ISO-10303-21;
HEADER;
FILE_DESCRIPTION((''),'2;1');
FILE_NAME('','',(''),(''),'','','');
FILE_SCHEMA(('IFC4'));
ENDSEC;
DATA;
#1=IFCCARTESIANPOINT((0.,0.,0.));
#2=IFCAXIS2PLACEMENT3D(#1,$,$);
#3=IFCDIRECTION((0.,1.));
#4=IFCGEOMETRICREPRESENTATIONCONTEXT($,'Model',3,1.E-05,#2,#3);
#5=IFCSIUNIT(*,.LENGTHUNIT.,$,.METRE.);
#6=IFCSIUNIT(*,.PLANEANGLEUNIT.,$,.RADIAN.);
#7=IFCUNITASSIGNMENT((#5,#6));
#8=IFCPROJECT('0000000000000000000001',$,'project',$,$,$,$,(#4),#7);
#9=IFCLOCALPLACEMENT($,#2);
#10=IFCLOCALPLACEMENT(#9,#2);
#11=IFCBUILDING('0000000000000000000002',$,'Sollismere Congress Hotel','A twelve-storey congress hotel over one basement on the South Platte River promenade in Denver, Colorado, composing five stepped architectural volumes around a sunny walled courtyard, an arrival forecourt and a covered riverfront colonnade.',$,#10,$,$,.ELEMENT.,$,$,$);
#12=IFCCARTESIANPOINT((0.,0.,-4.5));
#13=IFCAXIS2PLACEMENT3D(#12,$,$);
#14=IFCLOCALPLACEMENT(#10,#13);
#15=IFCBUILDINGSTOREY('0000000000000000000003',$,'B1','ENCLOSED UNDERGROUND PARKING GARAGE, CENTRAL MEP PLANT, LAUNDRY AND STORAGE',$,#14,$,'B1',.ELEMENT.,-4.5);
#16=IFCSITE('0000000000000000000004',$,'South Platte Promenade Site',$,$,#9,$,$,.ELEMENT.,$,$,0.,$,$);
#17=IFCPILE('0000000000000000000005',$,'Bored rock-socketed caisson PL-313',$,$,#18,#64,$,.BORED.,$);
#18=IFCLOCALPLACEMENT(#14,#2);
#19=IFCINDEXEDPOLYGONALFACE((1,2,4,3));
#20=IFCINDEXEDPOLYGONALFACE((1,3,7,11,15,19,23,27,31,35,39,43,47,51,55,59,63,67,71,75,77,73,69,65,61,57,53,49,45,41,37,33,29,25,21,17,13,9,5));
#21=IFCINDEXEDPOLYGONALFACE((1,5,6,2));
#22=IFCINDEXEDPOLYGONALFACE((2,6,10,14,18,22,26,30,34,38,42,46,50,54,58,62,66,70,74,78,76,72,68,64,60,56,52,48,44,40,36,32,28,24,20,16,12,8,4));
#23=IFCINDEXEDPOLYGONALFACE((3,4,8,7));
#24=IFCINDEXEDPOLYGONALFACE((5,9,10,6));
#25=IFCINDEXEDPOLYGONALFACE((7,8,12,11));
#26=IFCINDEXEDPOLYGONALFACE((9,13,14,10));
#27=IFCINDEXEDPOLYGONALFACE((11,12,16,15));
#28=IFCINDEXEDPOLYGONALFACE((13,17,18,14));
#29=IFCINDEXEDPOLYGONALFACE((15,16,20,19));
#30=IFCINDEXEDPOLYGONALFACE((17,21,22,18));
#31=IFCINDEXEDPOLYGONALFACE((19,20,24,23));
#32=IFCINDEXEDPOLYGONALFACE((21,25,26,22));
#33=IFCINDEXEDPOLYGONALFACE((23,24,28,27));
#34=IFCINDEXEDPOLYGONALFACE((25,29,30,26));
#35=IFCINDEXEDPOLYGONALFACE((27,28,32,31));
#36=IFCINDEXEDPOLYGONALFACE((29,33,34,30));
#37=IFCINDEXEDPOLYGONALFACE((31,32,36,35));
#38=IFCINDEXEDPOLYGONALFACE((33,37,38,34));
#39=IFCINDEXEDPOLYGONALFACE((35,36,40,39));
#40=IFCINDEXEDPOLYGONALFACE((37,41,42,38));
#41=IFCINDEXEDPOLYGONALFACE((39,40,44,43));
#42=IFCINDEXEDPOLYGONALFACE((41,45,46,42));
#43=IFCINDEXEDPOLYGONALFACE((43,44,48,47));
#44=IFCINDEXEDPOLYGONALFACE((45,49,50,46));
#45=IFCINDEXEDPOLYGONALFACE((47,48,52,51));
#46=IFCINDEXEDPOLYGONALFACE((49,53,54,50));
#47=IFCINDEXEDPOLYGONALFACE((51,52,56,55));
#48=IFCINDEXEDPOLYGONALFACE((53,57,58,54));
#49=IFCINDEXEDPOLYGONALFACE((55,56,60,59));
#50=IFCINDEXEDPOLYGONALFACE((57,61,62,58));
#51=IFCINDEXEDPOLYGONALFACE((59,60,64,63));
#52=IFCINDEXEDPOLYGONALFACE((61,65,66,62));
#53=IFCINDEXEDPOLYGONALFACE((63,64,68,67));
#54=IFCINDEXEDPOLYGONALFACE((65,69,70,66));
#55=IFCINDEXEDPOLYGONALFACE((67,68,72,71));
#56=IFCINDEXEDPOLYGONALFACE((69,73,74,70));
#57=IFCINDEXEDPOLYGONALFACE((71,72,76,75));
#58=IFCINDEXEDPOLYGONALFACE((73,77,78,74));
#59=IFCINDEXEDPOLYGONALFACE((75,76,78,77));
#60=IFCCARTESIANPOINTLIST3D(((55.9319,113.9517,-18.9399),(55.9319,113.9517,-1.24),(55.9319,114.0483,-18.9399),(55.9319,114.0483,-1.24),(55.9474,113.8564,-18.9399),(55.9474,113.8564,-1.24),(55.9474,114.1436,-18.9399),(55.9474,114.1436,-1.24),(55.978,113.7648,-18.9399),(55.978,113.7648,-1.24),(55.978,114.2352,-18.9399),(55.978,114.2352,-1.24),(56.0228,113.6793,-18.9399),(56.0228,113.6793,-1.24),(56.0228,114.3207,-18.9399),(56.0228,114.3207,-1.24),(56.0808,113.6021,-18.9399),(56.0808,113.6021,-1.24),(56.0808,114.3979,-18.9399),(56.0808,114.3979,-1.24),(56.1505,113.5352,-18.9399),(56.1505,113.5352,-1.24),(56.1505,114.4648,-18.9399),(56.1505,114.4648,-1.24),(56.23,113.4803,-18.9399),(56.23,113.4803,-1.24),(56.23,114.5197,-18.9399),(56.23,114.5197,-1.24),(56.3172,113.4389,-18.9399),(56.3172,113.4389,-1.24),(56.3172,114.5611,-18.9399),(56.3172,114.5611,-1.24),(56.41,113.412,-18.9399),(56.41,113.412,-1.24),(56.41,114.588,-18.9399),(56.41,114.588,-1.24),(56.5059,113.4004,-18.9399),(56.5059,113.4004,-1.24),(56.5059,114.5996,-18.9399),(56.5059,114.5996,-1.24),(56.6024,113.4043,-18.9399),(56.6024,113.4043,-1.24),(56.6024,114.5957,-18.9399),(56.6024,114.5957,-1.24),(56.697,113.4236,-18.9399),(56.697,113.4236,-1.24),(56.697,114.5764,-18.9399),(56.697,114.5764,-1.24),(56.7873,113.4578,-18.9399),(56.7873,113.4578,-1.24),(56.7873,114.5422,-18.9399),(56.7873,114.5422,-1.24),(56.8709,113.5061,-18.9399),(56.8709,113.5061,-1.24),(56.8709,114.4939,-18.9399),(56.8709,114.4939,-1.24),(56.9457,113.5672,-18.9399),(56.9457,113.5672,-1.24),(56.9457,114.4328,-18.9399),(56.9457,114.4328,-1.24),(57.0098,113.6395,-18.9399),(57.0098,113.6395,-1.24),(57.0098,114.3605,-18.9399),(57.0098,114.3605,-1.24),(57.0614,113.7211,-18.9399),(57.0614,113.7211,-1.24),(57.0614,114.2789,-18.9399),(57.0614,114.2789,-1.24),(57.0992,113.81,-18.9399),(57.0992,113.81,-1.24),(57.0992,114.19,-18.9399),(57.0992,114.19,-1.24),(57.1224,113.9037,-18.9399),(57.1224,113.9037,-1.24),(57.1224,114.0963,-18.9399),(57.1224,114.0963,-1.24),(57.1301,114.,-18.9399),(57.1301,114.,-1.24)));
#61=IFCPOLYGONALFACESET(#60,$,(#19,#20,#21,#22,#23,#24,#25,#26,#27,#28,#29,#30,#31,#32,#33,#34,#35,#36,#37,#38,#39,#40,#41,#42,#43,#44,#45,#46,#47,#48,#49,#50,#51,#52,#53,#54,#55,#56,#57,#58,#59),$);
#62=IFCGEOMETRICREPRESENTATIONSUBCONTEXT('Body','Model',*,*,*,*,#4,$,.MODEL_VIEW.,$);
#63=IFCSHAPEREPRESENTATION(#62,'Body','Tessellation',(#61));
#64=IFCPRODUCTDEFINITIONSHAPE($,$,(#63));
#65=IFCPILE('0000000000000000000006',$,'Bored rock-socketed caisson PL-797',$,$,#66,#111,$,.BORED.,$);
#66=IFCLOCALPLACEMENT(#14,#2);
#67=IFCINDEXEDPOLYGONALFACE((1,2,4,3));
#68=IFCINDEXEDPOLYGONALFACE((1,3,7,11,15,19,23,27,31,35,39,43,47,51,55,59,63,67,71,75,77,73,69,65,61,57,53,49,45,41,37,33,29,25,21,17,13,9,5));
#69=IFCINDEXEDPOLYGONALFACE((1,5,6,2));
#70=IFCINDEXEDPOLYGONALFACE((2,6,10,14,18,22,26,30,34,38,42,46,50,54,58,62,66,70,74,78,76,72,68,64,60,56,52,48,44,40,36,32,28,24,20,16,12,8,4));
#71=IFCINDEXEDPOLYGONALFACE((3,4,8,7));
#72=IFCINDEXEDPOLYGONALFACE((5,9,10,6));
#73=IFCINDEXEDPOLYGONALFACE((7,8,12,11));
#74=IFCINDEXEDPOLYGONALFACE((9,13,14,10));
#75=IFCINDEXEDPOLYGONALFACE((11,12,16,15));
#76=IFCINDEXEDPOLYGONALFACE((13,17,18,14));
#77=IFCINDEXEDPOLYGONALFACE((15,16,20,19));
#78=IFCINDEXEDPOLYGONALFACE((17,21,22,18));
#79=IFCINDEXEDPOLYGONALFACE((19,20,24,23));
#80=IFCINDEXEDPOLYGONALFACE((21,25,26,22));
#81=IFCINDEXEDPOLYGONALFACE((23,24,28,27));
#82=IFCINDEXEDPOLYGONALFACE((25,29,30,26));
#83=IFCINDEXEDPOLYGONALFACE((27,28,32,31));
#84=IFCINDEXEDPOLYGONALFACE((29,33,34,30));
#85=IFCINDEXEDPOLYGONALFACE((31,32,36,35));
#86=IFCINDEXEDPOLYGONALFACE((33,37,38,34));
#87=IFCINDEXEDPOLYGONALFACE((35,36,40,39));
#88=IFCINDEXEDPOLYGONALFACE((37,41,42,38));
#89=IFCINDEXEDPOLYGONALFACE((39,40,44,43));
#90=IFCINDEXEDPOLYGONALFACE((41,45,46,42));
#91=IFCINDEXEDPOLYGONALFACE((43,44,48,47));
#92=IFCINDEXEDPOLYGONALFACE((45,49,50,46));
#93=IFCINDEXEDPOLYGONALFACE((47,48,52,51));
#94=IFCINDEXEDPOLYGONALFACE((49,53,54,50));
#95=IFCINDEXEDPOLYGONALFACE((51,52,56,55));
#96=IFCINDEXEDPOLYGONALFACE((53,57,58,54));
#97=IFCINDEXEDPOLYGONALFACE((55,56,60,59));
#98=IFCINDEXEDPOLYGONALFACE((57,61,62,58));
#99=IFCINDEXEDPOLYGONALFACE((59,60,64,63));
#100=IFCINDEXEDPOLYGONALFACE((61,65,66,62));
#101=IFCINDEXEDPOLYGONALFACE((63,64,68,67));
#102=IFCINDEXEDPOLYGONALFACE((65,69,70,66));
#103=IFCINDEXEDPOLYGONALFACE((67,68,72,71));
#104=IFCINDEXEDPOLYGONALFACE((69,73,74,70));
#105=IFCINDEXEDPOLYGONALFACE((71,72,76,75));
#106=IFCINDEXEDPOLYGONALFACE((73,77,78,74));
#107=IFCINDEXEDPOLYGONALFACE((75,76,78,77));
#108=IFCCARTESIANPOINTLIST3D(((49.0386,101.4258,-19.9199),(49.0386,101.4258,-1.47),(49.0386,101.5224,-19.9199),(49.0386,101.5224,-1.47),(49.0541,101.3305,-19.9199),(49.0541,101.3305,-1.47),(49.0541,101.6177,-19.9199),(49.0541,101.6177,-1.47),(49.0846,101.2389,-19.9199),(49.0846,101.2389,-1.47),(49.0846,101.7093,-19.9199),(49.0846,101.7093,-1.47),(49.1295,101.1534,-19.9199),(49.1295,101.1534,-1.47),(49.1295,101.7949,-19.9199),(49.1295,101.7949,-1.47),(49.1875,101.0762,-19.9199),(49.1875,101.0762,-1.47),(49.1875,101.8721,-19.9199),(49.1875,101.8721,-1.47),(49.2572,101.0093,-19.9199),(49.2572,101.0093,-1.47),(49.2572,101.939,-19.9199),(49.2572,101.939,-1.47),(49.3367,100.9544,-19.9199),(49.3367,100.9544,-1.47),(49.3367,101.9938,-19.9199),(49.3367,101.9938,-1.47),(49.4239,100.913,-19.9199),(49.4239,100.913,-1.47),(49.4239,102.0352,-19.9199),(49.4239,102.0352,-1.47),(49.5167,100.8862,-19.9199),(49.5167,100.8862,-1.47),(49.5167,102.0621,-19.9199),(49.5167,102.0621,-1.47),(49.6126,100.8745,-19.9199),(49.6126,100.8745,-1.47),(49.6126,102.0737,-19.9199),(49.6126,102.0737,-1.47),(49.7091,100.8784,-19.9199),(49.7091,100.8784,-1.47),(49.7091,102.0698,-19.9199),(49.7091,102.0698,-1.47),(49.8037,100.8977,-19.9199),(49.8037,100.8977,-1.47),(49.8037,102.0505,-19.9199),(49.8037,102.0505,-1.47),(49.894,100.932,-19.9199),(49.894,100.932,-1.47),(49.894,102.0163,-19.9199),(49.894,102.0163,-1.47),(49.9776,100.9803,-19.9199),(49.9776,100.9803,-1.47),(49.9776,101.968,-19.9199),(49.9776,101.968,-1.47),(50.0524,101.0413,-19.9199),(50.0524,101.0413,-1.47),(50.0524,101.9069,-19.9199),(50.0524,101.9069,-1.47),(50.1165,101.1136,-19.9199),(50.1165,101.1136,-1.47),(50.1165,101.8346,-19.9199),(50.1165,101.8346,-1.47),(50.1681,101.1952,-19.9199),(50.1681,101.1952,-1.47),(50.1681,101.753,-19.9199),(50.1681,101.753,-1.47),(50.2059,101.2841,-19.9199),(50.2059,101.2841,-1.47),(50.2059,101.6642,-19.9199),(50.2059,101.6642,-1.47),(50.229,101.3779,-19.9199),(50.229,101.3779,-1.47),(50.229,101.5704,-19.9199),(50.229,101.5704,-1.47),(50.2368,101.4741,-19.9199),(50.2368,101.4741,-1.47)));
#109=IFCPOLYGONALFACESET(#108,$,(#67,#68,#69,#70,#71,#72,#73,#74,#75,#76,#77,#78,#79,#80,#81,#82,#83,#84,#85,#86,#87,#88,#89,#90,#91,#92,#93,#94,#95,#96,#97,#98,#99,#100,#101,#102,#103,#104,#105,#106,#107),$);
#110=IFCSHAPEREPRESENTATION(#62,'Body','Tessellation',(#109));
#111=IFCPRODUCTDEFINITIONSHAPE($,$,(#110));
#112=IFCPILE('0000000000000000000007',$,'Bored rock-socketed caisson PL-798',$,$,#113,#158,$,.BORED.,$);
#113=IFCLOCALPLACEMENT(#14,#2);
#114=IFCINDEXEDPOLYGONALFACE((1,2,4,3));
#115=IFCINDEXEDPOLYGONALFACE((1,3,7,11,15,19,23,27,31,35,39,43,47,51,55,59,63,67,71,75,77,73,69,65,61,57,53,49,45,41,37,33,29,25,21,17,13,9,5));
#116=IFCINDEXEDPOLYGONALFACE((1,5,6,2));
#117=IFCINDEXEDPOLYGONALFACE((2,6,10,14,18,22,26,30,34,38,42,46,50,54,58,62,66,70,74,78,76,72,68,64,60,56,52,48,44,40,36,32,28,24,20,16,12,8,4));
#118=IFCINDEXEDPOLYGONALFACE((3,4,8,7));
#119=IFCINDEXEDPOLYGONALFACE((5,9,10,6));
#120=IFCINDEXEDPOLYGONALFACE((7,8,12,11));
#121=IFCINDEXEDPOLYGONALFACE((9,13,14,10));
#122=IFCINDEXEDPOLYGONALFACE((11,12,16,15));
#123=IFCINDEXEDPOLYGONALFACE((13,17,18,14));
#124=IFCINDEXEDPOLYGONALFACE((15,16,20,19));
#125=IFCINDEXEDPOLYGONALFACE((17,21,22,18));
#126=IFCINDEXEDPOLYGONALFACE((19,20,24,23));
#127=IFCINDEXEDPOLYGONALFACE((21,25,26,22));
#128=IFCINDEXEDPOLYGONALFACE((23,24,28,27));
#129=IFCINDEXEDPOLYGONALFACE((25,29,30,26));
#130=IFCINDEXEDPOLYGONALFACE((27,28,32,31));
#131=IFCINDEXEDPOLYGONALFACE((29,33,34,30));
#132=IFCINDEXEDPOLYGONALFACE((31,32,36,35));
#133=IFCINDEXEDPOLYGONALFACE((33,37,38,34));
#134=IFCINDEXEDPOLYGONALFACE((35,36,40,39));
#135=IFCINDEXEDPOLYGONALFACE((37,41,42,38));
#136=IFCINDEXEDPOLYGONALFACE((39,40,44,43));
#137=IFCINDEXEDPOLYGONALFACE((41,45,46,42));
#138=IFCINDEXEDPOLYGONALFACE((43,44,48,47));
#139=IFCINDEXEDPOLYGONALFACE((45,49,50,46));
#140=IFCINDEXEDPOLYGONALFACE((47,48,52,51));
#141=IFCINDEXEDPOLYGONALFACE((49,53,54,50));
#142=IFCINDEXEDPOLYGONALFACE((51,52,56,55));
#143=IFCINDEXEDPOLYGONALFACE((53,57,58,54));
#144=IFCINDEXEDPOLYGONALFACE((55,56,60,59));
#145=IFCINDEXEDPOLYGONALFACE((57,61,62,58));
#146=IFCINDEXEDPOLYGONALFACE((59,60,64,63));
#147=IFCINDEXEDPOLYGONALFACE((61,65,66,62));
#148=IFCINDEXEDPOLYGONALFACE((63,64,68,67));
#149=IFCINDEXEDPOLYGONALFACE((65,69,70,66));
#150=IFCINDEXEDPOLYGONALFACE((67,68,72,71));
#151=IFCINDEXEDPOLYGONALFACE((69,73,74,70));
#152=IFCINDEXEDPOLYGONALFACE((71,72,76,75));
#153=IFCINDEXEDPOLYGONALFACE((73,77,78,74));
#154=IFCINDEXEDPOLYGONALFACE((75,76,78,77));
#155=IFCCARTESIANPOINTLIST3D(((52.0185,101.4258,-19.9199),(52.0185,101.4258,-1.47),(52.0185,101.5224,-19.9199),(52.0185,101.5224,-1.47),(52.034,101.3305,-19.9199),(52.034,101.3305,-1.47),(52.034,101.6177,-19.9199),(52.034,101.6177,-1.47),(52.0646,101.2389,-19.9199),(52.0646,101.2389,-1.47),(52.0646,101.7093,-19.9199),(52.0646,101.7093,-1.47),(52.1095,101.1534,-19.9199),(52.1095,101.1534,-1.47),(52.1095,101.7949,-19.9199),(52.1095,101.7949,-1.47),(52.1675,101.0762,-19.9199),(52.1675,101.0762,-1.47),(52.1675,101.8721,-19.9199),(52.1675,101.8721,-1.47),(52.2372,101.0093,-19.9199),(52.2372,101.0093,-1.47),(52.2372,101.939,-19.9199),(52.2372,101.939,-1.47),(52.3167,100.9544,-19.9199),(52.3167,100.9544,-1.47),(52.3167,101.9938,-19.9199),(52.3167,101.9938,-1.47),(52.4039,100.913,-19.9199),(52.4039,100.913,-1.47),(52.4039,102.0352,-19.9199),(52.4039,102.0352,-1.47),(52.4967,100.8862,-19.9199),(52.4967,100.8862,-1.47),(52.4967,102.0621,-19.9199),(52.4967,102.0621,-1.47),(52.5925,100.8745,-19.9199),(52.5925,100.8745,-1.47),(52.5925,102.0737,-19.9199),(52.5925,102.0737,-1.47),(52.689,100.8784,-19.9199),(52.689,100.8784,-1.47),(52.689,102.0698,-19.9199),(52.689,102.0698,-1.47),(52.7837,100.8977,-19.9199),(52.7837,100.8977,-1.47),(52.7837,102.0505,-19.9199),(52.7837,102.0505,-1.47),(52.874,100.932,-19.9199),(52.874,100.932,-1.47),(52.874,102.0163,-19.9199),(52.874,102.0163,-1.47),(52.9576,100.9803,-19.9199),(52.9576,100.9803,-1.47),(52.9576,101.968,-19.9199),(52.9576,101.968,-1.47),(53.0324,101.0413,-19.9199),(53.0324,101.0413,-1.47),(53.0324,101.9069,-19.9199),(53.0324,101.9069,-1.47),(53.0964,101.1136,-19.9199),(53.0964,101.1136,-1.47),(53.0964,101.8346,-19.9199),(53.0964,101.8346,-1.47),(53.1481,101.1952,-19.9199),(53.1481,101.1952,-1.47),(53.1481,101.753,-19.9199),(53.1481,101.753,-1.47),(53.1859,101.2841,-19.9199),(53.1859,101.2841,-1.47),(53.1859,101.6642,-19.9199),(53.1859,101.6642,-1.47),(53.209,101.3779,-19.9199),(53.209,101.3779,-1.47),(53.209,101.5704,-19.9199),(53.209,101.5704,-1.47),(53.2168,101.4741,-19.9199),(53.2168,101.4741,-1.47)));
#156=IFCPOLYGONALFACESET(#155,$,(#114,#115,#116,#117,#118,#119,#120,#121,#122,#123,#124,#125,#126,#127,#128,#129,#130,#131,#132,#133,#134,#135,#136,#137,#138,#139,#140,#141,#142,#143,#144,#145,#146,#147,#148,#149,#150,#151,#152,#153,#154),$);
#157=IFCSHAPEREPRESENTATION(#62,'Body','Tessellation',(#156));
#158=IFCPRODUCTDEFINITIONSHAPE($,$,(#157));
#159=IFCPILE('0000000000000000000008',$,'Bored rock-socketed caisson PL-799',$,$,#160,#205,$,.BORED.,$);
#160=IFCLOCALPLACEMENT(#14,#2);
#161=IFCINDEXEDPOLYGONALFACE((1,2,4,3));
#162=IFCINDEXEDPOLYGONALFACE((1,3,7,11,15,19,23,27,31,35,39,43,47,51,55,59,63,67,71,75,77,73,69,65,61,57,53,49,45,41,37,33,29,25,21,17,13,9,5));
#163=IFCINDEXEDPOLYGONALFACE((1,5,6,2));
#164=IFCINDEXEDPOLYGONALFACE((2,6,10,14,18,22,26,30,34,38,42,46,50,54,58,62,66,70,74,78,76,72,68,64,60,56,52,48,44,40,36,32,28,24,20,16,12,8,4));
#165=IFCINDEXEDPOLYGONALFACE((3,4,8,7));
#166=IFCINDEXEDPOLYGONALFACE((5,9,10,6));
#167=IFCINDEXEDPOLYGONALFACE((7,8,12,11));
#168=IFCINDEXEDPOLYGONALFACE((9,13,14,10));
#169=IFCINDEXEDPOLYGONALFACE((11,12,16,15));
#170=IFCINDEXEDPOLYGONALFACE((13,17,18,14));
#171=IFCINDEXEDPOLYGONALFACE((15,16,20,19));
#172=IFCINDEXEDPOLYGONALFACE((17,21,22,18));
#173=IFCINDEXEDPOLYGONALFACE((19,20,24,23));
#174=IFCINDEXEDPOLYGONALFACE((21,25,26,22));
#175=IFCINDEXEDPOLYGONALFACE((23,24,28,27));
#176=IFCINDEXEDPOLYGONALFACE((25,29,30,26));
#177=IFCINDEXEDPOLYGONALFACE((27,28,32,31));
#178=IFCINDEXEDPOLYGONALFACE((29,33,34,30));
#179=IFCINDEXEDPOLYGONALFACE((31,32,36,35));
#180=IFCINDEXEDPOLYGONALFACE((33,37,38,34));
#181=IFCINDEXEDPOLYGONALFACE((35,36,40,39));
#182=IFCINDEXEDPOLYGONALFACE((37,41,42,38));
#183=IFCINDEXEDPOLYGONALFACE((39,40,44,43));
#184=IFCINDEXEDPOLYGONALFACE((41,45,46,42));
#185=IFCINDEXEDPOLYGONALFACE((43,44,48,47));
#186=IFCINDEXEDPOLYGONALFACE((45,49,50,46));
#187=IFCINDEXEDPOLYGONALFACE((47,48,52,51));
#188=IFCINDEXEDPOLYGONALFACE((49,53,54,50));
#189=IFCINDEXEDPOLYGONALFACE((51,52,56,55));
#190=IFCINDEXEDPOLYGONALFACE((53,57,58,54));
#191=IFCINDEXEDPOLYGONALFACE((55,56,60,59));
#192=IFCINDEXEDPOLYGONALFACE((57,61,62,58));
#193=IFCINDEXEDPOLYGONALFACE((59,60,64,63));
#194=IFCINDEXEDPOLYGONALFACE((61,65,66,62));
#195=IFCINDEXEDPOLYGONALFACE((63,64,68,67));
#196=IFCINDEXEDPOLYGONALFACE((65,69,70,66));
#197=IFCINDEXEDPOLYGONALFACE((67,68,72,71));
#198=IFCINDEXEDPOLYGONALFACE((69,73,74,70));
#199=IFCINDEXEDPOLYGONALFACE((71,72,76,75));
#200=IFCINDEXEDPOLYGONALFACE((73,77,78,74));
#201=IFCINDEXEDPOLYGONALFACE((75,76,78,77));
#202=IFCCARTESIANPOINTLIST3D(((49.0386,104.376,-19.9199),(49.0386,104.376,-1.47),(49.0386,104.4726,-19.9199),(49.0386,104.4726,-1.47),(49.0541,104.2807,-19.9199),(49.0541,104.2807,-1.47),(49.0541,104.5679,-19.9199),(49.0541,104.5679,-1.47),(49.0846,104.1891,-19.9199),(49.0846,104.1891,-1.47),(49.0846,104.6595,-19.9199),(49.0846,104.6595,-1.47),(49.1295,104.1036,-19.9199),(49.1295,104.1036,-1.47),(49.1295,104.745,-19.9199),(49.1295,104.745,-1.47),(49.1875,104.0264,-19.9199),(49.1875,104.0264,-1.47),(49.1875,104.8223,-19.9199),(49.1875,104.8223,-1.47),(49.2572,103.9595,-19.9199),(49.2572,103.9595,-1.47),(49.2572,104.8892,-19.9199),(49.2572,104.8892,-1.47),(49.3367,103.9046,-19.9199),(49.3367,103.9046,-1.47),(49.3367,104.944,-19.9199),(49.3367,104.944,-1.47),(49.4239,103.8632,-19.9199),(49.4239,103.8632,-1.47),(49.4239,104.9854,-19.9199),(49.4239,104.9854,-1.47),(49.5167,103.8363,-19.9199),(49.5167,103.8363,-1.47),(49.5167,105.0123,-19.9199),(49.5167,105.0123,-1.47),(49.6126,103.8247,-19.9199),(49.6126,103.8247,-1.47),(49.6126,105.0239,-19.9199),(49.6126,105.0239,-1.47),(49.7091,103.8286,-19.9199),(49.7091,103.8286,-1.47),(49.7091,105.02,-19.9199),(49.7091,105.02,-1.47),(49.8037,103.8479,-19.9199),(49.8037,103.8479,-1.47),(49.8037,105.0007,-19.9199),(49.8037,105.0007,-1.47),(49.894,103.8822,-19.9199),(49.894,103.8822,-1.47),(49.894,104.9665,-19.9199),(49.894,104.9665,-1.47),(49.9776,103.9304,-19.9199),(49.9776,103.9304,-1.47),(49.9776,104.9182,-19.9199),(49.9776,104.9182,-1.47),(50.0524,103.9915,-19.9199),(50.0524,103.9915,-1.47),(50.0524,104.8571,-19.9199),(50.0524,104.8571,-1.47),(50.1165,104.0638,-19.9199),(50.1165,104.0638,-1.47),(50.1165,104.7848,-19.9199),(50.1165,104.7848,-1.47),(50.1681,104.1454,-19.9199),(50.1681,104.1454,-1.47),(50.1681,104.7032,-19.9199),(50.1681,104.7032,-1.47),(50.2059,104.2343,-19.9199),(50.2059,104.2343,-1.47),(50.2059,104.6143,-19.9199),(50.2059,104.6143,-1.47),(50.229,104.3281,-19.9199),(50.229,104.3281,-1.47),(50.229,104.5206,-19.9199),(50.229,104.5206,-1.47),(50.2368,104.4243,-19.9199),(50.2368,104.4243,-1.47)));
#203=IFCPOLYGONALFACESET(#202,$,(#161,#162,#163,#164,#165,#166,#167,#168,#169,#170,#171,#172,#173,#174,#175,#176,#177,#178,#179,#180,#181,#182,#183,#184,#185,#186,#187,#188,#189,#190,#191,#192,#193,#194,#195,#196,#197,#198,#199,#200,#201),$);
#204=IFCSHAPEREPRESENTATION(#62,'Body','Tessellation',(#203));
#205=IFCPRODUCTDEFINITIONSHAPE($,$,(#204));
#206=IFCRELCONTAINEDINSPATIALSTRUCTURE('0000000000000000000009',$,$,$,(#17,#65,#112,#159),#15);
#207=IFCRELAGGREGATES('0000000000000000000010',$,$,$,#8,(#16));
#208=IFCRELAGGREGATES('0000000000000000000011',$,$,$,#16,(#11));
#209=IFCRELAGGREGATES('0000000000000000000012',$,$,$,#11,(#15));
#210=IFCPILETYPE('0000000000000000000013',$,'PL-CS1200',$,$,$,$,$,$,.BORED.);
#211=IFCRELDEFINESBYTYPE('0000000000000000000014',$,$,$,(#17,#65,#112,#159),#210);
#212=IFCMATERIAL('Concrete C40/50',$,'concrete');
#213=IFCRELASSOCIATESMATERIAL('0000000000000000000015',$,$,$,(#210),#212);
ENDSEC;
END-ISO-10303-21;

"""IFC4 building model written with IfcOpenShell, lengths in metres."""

from ifc_helpers import new_model, si_unit, direction, frame, origin, origin_2d, place, context, subcontext, project, spatial, circle, extrude, material, material_profile, profile_set, type_object, element, save


model = new_model("IFC4")

# Units and contexts
model_context = context("Model", 3, precision=1e-05, world=origin(), true_north=direction((0.0, 1.0)))
body_context = subcontext(model_context, "Body", "Model", "MODEL_VIEW")
ifc_project = project(units=[si_unit("LENGTHUNIT", "METRE"), si_unit("PLANEANGLEUNIT", "RADIAN")], contexts=[model_context])

# Site, building, storey
site_placement = place(None, origin())
site = spatial("IfcSite", under=ifc_project, at=site_placement, Name="South Platte Promenade Site", CompositionType="ELEMENT", RefElevation=0.0)
building_placement = place(site_placement, origin())
building = spatial("IfcBuilding", under=site, at=building_placement, Name="Sollismere Congress Hotel", Description="A twelve-storey congress hotel over one basement on the South Platte River promenade in Denver, Colorado, composing five stepped architectural volumes around a sunny walled courtyard, an arrival forecourt and a covered riverfront colonnade.", CompositionType="ELEMENT")
storey_placement = place(building_placement, frame((0.0, 0.0, -4.5)))
storey = spatial("IfcBuildingStorey", under=building, at=storey_placement, Name="B1", Description="ENCLOSED UNDERGROUND PARKING GARAGE, CENTRAL MEP PLANT, LAUNDRY AND STORAGE", LongName="B1", CompositionType="ELEMENT", Elevation=-4.5)

# Shared definitions
ifc_material_1 = material(Name="Concrete C40/50", Category="concrete")

# Piles
ifc_material_profile_1 = material_profile(ifc_material_1, circle(Radius=0.6001, at=origin_2d()), Name="CAISSON1200")
ifc_profile_set_1 = profile_set([ifc_material_profile_1], Name="Concrete C40/50")
pile_type = type_object("IfcPileType", Name="PL-CS1200", PredefinedType="BORED", material=ifc_profile_set_1)
pile_1_placement = place(storey_placement, frame((56.53, 114.0, -1.24), z_axis=(0.0, 0.0, -1.0), x_axis=(1.0, 0.0, 0.0)))
element("IfcPile", 1, at=pile_1_placement, inside=storey, type_object=pile_type, Name="Bored rock-socketed caisson PL-313", PredefinedType="BORED", context=body_context, shape_type="SweptSolid", body=[
    extrude(circle(Radius=0.6001, at=origin_2d()), origin(), (0.0, 0.0, 1.0), 17.7),
])
for number, where, z_axis, x_axis, name in (
    (2, (49.6367, 101.4741, -1.47), (0.0, 0.0, -1.0), (1.0, 0.0, 0.0), "Bored rock-socketed caisson PL-797"),
    (3, (52.6167, 101.4741, -1.47), (0.0, 0.0, -1.0), (1.0, 0.0, 0.0), "Bored rock-socketed caisson PL-798"),
    (4, (49.6367, 104.4243, -1.47), (0.0, 0.0, -1.0), (1.0, 0.0, 0.0), "Bored rock-socketed caisson PL-799"),
):
    element("IfcPile", number, at=place(storey_placement, frame(where, z_axis=z_axis, x_axis=x_axis)), inside=storey, type_object=pile_type, Name=name, PredefinedType="BORED", context=body_context, shape_type="SweptSolid", body=[
        extrude(circle(Radius=0.6001, at=origin_2d()), origin(), (0.0, 0.0, 1.0), 18.45),
    ])

save(model, "model.ifc")
